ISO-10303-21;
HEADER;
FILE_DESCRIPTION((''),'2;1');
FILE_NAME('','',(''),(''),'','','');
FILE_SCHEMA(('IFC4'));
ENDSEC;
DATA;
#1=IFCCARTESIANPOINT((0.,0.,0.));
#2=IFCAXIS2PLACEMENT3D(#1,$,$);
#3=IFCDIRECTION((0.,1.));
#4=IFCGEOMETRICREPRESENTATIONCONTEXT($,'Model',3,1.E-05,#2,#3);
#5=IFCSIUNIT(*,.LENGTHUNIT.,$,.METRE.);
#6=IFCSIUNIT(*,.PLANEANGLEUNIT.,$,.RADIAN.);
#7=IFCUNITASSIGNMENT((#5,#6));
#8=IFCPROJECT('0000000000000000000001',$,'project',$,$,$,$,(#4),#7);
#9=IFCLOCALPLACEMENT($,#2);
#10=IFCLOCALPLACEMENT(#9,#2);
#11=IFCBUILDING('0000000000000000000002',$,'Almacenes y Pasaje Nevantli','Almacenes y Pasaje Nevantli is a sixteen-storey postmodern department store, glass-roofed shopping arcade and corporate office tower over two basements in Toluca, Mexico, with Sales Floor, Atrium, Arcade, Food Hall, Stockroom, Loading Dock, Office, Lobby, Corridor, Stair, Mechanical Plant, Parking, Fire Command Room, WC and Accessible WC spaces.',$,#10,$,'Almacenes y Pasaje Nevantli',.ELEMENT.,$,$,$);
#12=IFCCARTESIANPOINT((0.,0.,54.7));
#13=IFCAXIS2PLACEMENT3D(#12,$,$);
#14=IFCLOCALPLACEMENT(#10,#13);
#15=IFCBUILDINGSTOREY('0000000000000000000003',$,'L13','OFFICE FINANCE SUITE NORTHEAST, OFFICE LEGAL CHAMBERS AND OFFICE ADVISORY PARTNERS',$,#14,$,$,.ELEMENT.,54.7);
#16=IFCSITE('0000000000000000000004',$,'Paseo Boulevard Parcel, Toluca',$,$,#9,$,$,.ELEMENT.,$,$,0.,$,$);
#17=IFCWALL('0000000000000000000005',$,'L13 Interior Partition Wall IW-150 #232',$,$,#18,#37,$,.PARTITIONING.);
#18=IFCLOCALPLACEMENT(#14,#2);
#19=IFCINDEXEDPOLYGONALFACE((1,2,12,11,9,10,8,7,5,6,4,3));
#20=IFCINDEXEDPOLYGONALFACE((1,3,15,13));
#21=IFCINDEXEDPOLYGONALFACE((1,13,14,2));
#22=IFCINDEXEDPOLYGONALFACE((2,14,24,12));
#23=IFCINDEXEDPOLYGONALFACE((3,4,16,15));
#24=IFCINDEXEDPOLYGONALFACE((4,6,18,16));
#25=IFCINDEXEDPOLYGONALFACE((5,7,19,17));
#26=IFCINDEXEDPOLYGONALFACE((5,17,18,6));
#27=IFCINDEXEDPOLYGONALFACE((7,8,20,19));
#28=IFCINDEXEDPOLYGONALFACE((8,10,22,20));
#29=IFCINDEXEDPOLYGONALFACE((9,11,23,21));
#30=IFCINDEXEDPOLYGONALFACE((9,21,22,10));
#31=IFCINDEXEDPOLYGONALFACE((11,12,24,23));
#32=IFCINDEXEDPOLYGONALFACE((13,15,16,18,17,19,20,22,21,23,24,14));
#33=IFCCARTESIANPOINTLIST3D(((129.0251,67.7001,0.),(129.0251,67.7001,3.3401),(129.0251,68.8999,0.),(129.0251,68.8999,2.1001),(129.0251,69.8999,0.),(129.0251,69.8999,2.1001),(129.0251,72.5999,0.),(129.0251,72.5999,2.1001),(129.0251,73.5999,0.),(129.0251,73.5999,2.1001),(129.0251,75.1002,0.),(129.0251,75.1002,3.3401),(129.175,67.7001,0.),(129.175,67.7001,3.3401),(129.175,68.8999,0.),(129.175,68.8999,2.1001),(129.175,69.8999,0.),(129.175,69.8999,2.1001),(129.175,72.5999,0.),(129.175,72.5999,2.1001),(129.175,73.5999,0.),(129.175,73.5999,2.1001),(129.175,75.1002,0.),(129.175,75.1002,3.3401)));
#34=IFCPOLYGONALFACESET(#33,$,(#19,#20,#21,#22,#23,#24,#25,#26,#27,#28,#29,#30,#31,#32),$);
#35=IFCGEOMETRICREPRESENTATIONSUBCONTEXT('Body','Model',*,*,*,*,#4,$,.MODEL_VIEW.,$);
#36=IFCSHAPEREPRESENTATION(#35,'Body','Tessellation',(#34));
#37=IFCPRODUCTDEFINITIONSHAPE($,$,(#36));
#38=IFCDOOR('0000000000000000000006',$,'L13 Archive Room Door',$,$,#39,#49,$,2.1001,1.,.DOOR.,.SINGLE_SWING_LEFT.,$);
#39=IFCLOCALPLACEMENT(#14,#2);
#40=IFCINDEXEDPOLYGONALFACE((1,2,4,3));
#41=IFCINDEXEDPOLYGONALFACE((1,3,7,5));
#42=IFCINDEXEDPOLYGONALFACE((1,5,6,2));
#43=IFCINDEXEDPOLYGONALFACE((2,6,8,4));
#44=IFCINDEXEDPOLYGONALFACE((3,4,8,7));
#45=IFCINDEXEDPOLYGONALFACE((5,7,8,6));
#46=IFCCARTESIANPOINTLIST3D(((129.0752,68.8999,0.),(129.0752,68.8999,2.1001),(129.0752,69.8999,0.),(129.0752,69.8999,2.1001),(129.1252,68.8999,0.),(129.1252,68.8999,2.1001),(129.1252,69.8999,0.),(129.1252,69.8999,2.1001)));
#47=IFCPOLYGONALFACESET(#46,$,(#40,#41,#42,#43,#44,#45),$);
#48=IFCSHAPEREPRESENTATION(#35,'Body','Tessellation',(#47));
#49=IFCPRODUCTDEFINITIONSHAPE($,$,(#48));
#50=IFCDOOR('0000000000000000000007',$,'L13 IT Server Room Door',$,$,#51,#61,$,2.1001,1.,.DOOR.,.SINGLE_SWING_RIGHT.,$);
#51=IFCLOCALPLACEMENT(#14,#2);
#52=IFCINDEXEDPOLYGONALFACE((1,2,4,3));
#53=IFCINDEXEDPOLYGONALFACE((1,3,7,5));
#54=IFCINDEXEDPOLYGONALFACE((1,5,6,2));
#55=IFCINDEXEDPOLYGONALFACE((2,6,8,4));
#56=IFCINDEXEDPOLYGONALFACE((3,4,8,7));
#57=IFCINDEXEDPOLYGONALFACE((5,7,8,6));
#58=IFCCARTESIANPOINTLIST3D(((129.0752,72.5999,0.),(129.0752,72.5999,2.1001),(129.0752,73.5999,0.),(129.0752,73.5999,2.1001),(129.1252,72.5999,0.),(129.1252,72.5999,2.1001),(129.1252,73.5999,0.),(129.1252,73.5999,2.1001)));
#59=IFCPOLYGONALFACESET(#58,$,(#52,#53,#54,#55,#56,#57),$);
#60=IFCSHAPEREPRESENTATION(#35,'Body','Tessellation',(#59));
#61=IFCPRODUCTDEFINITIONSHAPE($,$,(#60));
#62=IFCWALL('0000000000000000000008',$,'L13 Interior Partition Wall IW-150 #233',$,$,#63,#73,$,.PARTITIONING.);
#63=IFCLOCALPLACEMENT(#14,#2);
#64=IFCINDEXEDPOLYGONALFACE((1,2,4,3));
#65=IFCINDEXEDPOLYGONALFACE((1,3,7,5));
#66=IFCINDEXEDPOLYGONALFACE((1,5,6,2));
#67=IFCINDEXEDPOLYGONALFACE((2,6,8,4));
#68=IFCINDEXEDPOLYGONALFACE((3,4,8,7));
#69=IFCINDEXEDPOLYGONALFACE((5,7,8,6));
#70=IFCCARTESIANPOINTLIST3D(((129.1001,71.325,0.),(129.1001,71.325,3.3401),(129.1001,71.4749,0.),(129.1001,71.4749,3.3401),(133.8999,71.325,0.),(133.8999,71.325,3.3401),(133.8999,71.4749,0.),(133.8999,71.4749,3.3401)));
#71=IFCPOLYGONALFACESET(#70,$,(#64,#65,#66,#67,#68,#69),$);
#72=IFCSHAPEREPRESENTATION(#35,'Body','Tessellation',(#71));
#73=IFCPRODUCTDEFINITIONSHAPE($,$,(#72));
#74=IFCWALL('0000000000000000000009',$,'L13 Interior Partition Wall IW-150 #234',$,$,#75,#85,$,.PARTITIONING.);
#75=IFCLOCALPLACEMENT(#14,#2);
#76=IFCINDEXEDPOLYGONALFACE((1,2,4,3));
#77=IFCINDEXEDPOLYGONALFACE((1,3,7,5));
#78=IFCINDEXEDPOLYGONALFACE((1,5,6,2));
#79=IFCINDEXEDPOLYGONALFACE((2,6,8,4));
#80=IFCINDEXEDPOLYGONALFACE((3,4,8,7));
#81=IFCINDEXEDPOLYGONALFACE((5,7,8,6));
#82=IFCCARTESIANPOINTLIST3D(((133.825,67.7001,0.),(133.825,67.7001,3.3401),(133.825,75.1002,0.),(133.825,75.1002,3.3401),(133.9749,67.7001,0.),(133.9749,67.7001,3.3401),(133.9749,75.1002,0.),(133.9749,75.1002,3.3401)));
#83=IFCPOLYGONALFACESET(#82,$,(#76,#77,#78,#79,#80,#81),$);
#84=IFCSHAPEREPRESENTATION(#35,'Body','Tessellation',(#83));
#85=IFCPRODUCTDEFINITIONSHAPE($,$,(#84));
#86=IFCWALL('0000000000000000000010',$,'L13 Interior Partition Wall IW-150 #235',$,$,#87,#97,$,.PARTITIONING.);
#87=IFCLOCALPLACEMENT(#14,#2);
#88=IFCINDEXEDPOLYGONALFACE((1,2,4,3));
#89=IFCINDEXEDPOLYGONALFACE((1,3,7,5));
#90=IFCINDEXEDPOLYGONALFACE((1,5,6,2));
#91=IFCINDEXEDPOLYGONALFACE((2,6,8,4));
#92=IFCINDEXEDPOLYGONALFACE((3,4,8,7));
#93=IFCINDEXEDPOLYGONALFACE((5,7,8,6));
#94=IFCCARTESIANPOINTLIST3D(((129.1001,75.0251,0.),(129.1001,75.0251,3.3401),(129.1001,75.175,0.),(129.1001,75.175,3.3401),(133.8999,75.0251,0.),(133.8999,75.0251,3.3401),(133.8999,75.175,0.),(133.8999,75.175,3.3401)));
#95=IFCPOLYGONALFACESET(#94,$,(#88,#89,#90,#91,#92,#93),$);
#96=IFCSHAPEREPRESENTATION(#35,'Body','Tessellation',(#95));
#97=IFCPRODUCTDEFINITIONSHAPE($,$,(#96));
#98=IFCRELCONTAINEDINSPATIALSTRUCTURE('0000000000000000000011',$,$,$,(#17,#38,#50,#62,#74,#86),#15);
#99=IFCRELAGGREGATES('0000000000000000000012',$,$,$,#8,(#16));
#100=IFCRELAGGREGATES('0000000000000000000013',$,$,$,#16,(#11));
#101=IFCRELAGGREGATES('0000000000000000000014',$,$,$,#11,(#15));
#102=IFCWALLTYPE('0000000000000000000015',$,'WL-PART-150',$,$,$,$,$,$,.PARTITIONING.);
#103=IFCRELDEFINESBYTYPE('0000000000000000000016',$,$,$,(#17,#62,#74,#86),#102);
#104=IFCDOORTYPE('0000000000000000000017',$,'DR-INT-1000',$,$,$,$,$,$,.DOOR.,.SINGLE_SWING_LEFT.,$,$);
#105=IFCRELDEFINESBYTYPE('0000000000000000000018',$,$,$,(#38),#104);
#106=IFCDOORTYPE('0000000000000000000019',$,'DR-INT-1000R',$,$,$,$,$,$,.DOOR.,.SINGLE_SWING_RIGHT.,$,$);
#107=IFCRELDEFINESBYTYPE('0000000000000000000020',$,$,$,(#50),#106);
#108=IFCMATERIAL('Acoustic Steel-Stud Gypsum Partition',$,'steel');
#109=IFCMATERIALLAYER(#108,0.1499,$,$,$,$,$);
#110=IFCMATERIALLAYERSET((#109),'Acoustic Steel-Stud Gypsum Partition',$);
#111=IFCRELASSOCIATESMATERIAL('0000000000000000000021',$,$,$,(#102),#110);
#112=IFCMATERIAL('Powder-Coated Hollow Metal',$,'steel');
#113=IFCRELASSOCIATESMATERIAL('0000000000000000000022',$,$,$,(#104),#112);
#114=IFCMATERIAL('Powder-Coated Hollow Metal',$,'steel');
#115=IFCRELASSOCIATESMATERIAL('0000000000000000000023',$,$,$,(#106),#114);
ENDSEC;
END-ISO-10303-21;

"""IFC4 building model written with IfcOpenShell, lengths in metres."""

from ifc_helpers import new_model, si_unit, direction, frame, frame_2d, origin, place, context, subcontext, project, spatial, rectangle, extrude, material, layer, layer_set, type_object, element, fill, save


model = new_model("IFC4")

# Units and contexts
model_context = context("Model", 3, precision=1e-05, world=origin(), true_north=direction((0.0, 1.0)))
body_context = subcontext(model_context, "Body", "Model", "MODEL_VIEW")
ifc_project = project(units=[si_unit("LENGTHUNIT", "METRE"), si_unit("PLANEANGLEUNIT", "RADIAN")], contexts=[model_context])

# Site, building, storey
site_placement = place(None, origin())
site = spatial("IfcSite", under=ifc_project, at=site_placement, Name="Paseo Boulevard Parcel, Toluca", CompositionType="ELEMENT", RefElevation=0.0)
building_placement = place(site_placement, origin())
building = spatial("IfcBuilding", under=site, at=building_placement, Name="Almacenes y Pasaje Nevantli", Description="Almacenes y Pasaje Nevantli is a sixteen-storey postmodern department store, glass-roofed shopping arcade and corporate office tower over two basements in Toluca, Mexico, with Sales Floor, Atrium, Arcade, Food Hall, Stockroom, Loading Dock, Office, Lobby, Corridor, Stair, Mechanical Plant, Parking, Fire Command Room, WC and Accessible WC spaces.", LongName="Almacenes y Pasaje Nevantli", CompositionType="ELEMENT")
storey_placement = place(building_placement, frame((0.0, 0.0, 54.7)))
storey = spatial("IfcBuildingStorey", under=building, at=storey_placement, Name="L13", Description="OFFICE FINANCE SUITE NORTHEAST, OFFICE LEGAL CHAMBERS AND OFFICE ADVISORY PARTNERS", CompositionType="ELEMENT", Elevation=54.7)

# Wall, openings, doors
ifc_material_1 = material(Name="Acoustic Steel-Stud Gypsum Partition", Category="steel")
ifc_layer_1 = layer(ifc_material_1, 0.1499)
ifc_layer_set_1 = layer_set([ifc_layer_1], Name="Acoustic Steel-Stud Gypsum Partition")
wall_type_1 = type_object("IfcWallType", Name="WL-PART-150", PredefinedType="PARTITIONING", material=ifc_layer_set_1)
wall_1_placement = place(storey_placement, frame((129.1001, 67.7, 0.0), z_axis=(0.0, 0.0, 1.0), x_axis=(0.0, 1.0, 0.0)))
wall_1 = element("IfcWall", 1, at=wall_1_placement, inside=storey, type_object=wall_type_1, Name="L13 Interior Partition Wall IW-150 #232", PredefinedType="PARTITIONING", context=body_context, shape_type="SweptSolid", body=[
    extrude(rectangle(XDim=7.4001, YDim=0.1499, at=frame_2d((3.7002, 0.0))), origin(), (0.0, 0.0, 1.0), 3.3401),
])
opening_1_placement = place(wall_1_placement, frame((1.2, 0.0, 0.0)))
opening_1 = element("IfcOpeningElement", 2, at=opening_1_placement, cuts=wall_1, PredefinedType="OPENING", context=body_context, shape_type="SweptSolid", body=[
    extrude(rectangle(XDim=1.0, YDim=2.1001, at=frame_2d((0.5, 1.05))), frame((0.0, 0.085, 0.0), z_axis=(0.0, -1.0, 0.0), x_axis=(1.0, 0.0, 0.0)), (0.0, 0.0, 1.0), 0.1699),
])
opening_2_placement = place(wall_1_placement, frame((4.8999, 0.0, 0.0)))
opening_2 = element("IfcOpeningElement", 3, at=opening_2_placement, cuts=wall_1, PredefinedType="OPENING", context=body_context, shape_type="SweptSolid", body=[
    extrude(rectangle(XDim=1.0, YDim=2.1001, at=frame_2d((0.5, 1.05))), frame((0.0, 0.085, 0.0), z_axis=(0.0, -1.0, 0.0), x_axis=(1.0, 0.0, 0.0)), (0.0, 0.0, 1.0), 0.1699),
])
ifc_material_2 = material(Name="Powder-Coated Hollow Metal", Category="steel")
door_type_1 = type_object("IfcDoorType", Name="DR-INT-1000", OperationType="SINGLE_SWING_LEFT", PredefinedType="DOOR", material=ifc_material_2)
door_1_placement = place(opening_1_placement, origin())
door_1 = element("IfcDoor", 4, at=door_1_placement, inside=storey, type_object=door_type_1, Name="L13 Archive Room Door", OperationType="SINGLE_SWING_LEFT", OverallHeight=2.1001, OverallWidth=1.0, PredefinedType="DOOR", context=body_context, shape_type="SweptSolid", body=[
    extrude(rectangle(XDim=1.0, YDim=2.1001, at=frame_2d((0.5, 1.05))), frame((0.0, 0.0249, 0.0), z_axis=(0.0, -1.0, 0.0), x_axis=(1.0, 0.0, 0.0)), (0.0, 0.0, 1.0), 0.05),
])
fill(opening_1, door_1)
ifc_material_3 = material(Name="Powder-Coated Hollow Metal", Category="steel")
door_type_2 = type_object("IfcDoorType", Name="DR-INT-1000R", OperationType="SINGLE_SWING_RIGHT", PredefinedType="DOOR", material=ifc_material_3)
door_2_placement = place(opening_2_placement, origin())
door_2 = element("IfcDoor", 5, at=door_2_placement, inside=storey, type_object=door_type_2, Name="L13 IT Server Room Door", OperationType="SINGLE_SWING_RIGHT", OverallHeight=2.1001, OverallWidth=1.0, PredefinedType="DOOR", context=body_context, shape_type="SweptSolid", body=[
    extrude(rectangle(XDim=1.0, YDim=2.1001, at=frame_2d((0.5, 1.05))), frame((0.0, 0.0249, 0.0), z_axis=(0.0, -1.0, 0.0), x_axis=(1.0, 0.0, 0.0)), (0.0, 0.0, 1.0), 0.05),
])
fill(opening_2, door_2)

# Walls
wall_2_placement = place(storey_placement, frame((129.1001, 71.3999, 0.0), z_axis=(0.0, 0.0, 1.0), x_axis=(1.0, 0.0, 0.0)))
element("IfcWall", 6, at=wall_2_placement, inside=storey, type_object=wall_type_1, Name="L13 Interior Partition Wall IW-150 #233", PredefinedType="PARTITIONING", context=body_context, shape_type="SweptSolid", body=[
    extrude(rectangle(XDim=4.7998, YDim=0.1499, at=frame_2d((2.3999, 0.0))), origin(), (0.0, 0.0, 1.0), 3.3401),
])
wall_3_placement = place(storey_placement, frame((133.8999, 67.7, 0.0), z_axis=(0.0, 0.0, 1.0), x_axis=(0.0, 1.0, 0.0)))
element("IfcWall", 7, at=wall_3_placement, inside=storey, type_object=wall_type_1, Name="L13 Interior Partition Wall IW-150 #234", PredefinedType="PARTITIONING", context=body_context, shape_type="SweptSolid", body=[
    extrude(rectangle(XDim=7.4001, YDim=0.1499, at=frame_2d((3.7002, 0.0))), origin(), (0.0, 0.0, 1.0), 3.3401),
])
wall_4_placement = place(storey_placement, frame((129.1001, 75.1001, 0.0), z_axis=(0.0, 0.0, 1.0), x_axis=(1.0, 0.0, 0.0)))
element("IfcWall", 8, at=wall_4_placement, inside=storey, type_object=wall_type_1, Name="L13 Interior Partition Wall IW-150 #235", PredefinedType="PARTITIONING", context=body_context, shape_type="SweptSolid", body=[
    extrude(rectangle(XDim=4.7998, YDim=0.1499, at=frame_2d((2.3999, 0.0))), origin(), (0.0, 0.0, 1.0), 3.3401),
])

save(model, "model.ifc")
